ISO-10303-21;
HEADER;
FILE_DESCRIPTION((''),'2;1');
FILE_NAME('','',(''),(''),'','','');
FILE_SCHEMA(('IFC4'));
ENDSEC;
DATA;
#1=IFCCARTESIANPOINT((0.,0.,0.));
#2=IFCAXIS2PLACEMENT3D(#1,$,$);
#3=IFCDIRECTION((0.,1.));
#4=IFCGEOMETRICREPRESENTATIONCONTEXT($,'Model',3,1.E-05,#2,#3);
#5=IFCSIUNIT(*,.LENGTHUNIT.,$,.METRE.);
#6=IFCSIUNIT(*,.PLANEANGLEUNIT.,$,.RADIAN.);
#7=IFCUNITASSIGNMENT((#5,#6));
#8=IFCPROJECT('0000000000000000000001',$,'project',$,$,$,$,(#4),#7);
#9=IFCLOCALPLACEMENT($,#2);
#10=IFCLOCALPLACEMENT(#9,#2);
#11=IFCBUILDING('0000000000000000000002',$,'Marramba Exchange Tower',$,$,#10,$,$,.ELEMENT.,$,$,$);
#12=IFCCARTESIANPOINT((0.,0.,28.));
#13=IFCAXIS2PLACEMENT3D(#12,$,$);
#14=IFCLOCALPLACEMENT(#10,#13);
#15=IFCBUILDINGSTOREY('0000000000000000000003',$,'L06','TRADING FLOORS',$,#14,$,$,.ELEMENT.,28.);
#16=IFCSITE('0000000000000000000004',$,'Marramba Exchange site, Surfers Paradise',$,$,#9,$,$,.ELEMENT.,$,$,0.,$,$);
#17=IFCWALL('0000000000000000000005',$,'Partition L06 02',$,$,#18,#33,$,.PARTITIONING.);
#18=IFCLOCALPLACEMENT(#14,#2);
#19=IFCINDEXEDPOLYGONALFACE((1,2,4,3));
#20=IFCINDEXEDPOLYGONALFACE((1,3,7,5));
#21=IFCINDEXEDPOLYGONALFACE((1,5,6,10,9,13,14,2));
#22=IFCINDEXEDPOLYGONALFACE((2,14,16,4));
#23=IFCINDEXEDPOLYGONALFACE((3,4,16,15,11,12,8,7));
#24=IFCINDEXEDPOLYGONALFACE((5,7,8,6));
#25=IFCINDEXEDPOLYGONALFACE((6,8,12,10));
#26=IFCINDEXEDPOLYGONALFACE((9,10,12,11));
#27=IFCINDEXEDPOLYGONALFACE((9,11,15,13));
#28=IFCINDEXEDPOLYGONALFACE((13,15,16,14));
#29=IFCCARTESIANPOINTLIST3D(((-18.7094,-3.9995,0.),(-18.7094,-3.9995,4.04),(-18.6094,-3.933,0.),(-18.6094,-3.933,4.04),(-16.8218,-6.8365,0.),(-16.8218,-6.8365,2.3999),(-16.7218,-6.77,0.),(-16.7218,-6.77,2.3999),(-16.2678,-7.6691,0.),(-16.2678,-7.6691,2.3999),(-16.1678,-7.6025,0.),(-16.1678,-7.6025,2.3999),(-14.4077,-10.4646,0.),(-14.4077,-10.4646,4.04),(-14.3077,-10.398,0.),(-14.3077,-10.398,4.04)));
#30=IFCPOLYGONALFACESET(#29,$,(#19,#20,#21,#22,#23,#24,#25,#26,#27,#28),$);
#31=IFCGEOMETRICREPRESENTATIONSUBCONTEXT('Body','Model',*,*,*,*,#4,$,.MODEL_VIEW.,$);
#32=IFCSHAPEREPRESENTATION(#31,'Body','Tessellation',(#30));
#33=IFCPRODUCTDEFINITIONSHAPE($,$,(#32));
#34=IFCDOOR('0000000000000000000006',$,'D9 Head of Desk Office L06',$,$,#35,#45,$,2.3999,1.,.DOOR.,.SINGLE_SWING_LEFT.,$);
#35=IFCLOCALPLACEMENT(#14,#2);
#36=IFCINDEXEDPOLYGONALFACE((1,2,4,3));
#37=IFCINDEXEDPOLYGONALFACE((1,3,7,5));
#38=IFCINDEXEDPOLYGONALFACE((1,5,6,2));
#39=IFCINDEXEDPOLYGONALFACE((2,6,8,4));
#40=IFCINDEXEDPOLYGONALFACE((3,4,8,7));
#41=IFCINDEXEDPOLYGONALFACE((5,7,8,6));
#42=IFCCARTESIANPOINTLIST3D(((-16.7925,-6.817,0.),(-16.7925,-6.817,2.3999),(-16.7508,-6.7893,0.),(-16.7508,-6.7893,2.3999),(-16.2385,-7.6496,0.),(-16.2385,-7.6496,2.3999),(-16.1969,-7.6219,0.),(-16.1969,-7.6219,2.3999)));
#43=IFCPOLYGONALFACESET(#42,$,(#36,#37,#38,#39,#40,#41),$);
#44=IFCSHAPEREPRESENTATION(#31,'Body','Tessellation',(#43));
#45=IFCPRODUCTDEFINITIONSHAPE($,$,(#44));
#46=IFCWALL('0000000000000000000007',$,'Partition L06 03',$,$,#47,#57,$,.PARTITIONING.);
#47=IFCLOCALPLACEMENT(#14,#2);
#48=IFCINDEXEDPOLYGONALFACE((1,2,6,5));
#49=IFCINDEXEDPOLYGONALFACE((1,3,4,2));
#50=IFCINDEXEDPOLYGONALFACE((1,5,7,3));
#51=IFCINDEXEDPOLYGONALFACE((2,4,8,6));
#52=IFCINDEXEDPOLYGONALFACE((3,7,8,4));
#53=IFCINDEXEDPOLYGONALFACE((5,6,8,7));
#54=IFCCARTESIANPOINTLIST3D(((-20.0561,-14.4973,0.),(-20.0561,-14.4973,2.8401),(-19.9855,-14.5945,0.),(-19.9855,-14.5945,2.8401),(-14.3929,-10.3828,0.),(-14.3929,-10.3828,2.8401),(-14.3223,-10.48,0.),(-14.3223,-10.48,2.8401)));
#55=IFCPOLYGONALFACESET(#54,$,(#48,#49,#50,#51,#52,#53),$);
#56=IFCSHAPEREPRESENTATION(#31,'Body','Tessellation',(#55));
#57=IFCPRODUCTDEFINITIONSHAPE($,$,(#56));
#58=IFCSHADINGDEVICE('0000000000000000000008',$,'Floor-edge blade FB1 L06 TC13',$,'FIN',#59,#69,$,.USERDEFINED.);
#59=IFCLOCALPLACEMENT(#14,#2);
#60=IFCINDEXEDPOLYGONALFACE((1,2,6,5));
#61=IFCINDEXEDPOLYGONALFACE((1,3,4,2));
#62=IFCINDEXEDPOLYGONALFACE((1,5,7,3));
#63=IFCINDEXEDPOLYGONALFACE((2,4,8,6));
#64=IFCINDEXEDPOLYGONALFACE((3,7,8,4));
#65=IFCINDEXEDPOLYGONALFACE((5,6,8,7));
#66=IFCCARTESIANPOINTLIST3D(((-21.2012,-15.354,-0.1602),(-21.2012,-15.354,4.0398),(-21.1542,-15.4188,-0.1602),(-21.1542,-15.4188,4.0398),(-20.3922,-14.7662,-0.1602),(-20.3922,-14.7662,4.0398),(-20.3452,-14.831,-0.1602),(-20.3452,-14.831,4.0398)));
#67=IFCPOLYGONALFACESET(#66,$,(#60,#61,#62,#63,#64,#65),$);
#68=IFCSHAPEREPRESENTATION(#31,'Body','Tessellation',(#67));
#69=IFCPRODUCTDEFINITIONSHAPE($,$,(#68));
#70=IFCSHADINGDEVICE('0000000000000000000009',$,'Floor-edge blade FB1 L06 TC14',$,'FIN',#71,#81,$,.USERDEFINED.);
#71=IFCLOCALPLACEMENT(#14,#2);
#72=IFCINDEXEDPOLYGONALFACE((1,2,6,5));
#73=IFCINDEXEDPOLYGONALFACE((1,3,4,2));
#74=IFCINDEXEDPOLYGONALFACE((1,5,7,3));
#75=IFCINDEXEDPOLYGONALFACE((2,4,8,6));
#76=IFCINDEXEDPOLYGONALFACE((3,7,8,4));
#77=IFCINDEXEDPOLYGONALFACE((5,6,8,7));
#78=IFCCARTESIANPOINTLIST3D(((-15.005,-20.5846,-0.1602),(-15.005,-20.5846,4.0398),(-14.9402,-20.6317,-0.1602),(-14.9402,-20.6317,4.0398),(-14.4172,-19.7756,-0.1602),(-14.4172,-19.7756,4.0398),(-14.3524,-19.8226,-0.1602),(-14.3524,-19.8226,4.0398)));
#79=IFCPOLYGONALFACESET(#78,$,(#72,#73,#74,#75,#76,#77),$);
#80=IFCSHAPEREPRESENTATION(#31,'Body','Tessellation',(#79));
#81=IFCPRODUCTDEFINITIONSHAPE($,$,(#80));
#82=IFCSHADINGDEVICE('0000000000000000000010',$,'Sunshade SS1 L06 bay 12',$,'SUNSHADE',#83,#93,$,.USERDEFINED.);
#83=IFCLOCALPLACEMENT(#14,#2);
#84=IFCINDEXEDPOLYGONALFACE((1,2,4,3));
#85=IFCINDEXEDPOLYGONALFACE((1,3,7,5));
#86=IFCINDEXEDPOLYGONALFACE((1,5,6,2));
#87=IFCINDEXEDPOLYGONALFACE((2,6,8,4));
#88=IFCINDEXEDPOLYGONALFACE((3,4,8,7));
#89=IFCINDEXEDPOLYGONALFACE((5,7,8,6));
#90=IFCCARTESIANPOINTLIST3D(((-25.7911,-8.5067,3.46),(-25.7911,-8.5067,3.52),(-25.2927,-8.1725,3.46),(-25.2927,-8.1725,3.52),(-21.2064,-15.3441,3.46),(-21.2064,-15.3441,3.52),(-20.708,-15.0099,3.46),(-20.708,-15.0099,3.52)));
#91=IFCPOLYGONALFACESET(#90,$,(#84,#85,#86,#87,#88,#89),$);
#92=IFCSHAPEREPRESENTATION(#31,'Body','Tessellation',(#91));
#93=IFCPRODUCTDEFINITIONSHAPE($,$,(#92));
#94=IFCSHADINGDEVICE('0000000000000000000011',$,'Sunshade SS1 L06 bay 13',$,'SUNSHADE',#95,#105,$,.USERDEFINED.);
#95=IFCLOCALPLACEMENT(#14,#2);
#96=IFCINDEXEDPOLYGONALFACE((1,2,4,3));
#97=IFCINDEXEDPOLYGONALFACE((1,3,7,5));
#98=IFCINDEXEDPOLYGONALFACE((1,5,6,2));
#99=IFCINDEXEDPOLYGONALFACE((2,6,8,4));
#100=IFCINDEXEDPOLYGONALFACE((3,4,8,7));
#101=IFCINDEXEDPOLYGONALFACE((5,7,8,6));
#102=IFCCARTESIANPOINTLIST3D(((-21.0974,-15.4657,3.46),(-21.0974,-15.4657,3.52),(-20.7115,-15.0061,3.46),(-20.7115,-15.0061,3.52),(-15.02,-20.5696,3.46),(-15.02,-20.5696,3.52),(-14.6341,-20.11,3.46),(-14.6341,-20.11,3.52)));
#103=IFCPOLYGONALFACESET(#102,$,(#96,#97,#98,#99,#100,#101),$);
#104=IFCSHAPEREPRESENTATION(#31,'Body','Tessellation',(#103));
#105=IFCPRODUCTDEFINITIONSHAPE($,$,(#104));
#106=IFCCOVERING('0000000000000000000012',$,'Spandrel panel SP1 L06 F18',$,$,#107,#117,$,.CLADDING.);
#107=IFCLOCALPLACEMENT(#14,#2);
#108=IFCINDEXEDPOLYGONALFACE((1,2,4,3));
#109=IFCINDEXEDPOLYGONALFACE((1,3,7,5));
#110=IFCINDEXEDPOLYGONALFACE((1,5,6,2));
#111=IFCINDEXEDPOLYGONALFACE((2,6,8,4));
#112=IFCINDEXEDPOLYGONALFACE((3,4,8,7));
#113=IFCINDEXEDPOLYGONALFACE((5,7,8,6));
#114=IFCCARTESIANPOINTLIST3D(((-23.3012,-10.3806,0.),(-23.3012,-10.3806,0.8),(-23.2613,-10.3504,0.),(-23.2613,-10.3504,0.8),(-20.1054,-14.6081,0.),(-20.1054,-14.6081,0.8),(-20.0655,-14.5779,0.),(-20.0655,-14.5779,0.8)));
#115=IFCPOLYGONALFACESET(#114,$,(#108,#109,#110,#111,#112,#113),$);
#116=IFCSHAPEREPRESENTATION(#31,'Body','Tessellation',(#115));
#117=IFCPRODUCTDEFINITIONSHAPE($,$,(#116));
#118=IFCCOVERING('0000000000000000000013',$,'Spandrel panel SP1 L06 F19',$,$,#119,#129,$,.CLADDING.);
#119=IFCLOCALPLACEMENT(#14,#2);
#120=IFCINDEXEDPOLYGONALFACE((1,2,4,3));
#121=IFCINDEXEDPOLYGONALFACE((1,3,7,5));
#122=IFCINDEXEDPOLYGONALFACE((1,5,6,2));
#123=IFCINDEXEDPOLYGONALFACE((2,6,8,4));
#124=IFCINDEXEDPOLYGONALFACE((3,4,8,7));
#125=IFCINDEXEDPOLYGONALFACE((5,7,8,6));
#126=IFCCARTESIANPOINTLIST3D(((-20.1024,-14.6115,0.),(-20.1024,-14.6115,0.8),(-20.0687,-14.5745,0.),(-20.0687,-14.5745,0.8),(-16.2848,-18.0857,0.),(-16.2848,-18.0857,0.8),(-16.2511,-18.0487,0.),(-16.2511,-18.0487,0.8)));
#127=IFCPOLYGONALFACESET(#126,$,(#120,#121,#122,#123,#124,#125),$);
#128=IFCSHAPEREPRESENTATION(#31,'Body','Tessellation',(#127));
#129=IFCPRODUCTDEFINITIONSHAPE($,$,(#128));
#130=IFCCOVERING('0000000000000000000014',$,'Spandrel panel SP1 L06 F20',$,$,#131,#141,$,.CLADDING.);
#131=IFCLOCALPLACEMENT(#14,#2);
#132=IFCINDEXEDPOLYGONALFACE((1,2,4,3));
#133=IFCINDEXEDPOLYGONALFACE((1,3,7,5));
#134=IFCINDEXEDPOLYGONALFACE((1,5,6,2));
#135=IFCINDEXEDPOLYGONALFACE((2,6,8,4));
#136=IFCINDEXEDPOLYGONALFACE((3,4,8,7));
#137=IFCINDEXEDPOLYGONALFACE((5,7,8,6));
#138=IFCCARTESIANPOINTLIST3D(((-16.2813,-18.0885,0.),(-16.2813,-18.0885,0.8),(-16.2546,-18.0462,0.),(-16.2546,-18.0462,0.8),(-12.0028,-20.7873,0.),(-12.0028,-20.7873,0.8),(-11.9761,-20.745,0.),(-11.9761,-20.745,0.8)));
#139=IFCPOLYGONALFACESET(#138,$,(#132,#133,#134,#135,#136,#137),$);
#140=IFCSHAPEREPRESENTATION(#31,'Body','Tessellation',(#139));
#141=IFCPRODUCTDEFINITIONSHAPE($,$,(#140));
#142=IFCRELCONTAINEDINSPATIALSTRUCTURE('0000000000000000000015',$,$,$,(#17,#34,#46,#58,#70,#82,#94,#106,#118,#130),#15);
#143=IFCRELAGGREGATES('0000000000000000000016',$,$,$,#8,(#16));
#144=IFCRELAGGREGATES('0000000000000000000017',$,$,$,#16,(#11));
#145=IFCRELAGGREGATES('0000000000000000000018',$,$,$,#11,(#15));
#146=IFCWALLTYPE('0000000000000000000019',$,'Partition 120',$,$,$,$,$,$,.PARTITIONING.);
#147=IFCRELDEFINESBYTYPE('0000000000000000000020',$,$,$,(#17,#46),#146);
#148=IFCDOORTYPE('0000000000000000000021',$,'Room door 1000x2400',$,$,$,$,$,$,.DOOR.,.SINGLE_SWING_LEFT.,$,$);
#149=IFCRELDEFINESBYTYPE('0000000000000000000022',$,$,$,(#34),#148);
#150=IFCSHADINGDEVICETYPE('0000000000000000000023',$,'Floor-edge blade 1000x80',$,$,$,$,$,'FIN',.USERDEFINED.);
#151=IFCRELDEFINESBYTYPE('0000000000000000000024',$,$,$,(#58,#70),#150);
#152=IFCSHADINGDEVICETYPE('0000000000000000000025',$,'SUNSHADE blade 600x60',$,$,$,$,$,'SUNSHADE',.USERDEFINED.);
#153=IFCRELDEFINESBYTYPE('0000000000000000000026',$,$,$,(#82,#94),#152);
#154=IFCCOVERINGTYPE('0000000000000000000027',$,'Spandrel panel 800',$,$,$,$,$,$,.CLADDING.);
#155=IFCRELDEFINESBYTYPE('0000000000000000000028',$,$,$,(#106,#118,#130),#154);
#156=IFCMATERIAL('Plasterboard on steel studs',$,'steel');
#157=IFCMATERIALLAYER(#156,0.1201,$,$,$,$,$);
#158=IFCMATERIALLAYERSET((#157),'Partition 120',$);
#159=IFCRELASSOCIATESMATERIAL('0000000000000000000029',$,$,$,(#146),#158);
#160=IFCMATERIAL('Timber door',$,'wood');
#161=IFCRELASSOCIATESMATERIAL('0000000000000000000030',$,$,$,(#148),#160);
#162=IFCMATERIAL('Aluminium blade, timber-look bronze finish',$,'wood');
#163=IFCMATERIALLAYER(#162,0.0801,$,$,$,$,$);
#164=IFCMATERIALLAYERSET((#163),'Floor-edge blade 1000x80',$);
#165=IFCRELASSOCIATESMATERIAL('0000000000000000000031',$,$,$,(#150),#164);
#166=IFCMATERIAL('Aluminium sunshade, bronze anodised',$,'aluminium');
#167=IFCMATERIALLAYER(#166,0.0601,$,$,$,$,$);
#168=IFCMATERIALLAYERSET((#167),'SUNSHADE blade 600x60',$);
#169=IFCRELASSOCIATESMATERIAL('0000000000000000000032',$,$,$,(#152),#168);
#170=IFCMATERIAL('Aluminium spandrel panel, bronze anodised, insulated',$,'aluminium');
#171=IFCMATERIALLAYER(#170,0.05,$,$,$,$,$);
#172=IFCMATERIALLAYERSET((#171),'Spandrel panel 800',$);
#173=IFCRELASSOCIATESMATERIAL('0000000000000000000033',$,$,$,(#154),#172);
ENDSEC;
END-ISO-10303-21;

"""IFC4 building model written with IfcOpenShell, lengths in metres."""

from ifc_helpers import new_model, si_unit, direction, frame, frame_2d, origin, origin_2d, place, context, subcontext, project, spatial, rectangle, extrude, material, layer, layer_set, type_object, element, fill, save


model = new_model("IFC4")

# Units and contexts
model_context = context("Model", 3, precision=1e-05, world=origin(), true_north=direction((0.0, 1.0)))
body_context = subcontext(model_context, "Body", "Model", "MODEL_VIEW")
ifc_project = project(units=[si_unit("LENGTHUNIT", "METRE"), si_unit("PLANEANGLEUNIT", "RADIAN")], contexts=[model_context])

# Site, building, storey
site_placement = place(None, origin())
site = spatial("IfcSite", under=ifc_project, at=site_placement, Name="Marramba Exchange site, Surfers Paradise", CompositionType="ELEMENT", RefElevation=0.0)
building_placement = place(site_placement, origin())
building = spatial("IfcBuilding", under=site, at=building_placement, Name="Marramba Exchange Tower", CompositionType="ELEMENT")
storey_placement = place(building_placement, frame((0.0, 0.0, 28.0)))
storey = spatial("IfcBuildingStorey", under=building, at=storey_placement, Name="L06", Description="TRADING FLOORS", CompositionType="ELEMENT", Elevation=28.0)

# Wall, opening, door
ifc_material_1 = material(Name="Plasterboard on steel studs", Category="steel")
ifc_layer_1 = layer(ifc_material_1, 0.1201)
ifc_layer_set_1 = layer_set([ifc_layer_1], Name="Partition 120")
wall_type_1 = type_object("IfcWallType", Name="Partition 120", PredefinedType="PARTITIONING", material=ifc_layer_set_1)
wall_1_placement = place(storey_placement, frame((-14.3577, -10.4314, 0.0), z_axis=(0.0, 0.0, 1.0), x_axis=(-0.55396, 0.832543, 0.0)))
wall_1 = element("IfcWall", 1, at=wall_1_placement, inside=storey, type_object=wall_type_1, Name="Partition L06 02", PredefinedType="PARTITIONING", context=body_context, shape_type="SweptSolid", body=[
    extrude(rectangle(XDim=7.7654, YDim=0.1201, at=frame_2d((3.8828, 0.0))), origin(), (0.0, 0.0, 1.0), 4.04),
])
opening_1_placement = place(wall_1_placement, frame((3.3579, 0.0, 0.0)))
opening_1 = element("IfcOpeningElement", 2, at=opening_1_placement, cuts=wall_1, PredefinedType="OPENING", context=body_context, shape_type="SweptSolid", body=[
    extrude(rectangle(XDim=1.0, YDim=2.3999, at=frame_2d((0.5, 1.2))), frame((0.0, 0.0701, 0.0), z_axis=(0.0, -1.0, 0.0), x_axis=(1.0, 0.0, 0.0)), (0.0, 0.0, 1.0), 0.1401),
])
ifc_material_2 = material(Name="Timber door", Category="wood")
door_type_1 = type_object("IfcDoorType", Name="Room door 1000x2400", OperationType="SINGLE_SWING_LEFT", PredefinedType="DOOR", material=ifc_material_2)
door_1_placement = place(opening_1_placement, origin())
door_1 = element("IfcDoor", 3, at=door_1_placement, inside=storey, type_object=door_type_1, Name="D9 Head of Desk Office L06", OperationType="SINGLE_SWING_LEFT", OverallHeight=2.3999, OverallWidth=1.0, PredefinedType="DOOR", context=body_context, shape_type="SweptSolid", body=[
    extrude(rectangle(XDim=1.0, YDim=2.3999, at=frame_2d((0.5, 1.2))), frame((0.0, 0.0249, 0.0), z_axis=(0.0, -1.0, 0.0), x_axis=(1.0, 0.0, 0.0)), (0.0, 0.0, 1.0), 0.05),
])
fill(opening_1, door_1)

# Wall
wall_2_placement = place(storey_placement, frame((-20.0208, -14.5459, 0.0), z_axis=(0.0, 0.0, 1.0), x_axis=(0.809015, 0.587788, 0.0)))
element("IfcWall", 4, at=wall_2_placement, inside=storey, type_object=wall_type_1, Name="Partition L06 03", PredefinedType="PARTITIONING", context=body_context, shape_type="SweptSolid", body=[
    extrude(rectangle(XDim=7.0, YDim=0.1201, at=frame_2d((3.5, 0.0))), origin(), (0.0, 0.0, 1.0), 2.8401),
])

# Shading devices
ifc_material_3 = material(Name="Aluminium blade, timber-look bronze finish", Category="wood")
ifc_layer_2 = layer(ifc_material_3, 0.0801)
ifc_layer_set_2 = layer_set([ifc_layer_2], Name="Floor-edge blade 1000x80")
shading_device_type_1 = type_object("IfcShadingDeviceType", Name="Floor-edge blade 1000x80", ElementType="FIN", PredefinedType="USERDEFINED", material=ifc_layer_set_2)
for number, where, z_axis, x_axis, name in (
    (5, (-20.7732, -15.0925, -0.1602), (0.0, 0.0, 1.0), (-0.809017, -0.587785, 0.0), "Floor-edge blade FB1 L06 TC13"),
    (6, (-14.6787, -20.2036, -0.1602), (0.0, 0.0, 1.0), (-0.587785, -0.809017, 0.0), "Floor-edge blade FB1 L06 TC14"),
):
    element("IfcShadingDevice", number, at=place(storey_placement, frame(where, z_axis=z_axis, x_axis=x_axis)), inside=storey, type_object=shading_device_type_1, Name=name, ObjectType="FIN", PredefinedType="USERDEFINED", context=body_context, shape_type="SweptSolid", body=[
        extrude(rectangle(XDim=1.0, YDim=0.0801, at=origin_2d()), origin(), (0.0, 0.0, 1.0), 4.2),
    ])
ifc_material_4 = material(Name="Aluminium sunshade, bronze anodised", Category="aluminium")
ifc_layer_3 = layer(ifc_material_4, 0.0601)
ifc_layer_set_3 = layer_set([ifc_layer_3], Name="SUNSHADE blade 600x60")
shading_device_type_2 = type_object("IfcShadingDeviceType", Name="SUNSHADE blade 600x60", ElementType="SUNSHADE", PredefinedType="USERDEFINED", material=ifc_layer_set_3)
shading_device_1_placement = place(storey_placement, frame((-23.2495, -11.7583, 3.46), z_axis=(0.0, 0.0, 1.0), x_axis=(0.556924, -0.830563, 0.0)))
element("IfcShadingDevice", 7, at=shading_device_1_placement, inside=storey, type_object=shading_device_type_2, Name="Sunshade SS1 L06 bay 12", ObjectType="SUNSHADE", PredefinedType="USERDEFINED", context=body_context, shape_type="SweptSolid", body=[
    extrude(rectangle(XDim=8.2322, YDim=0.6001, at=origin_2d()), origin(), (0.0, 0.0, 1.0), 0.0601),
])
shading_device_2_placement = place(storey_placement, frame((-17.8657, -17.7878, 3.46), z_axis=(0.0, 0.0, 1.0), x_axis=(0.765776, -0.643107, 0.0)))
element("IfcShadingDevice", 8, at=shading_device_2_placement, inside=storey, type_object=shading_device_type_2, Name="Sunshade SS1 L06 bay 13", ObjectType="SUNSHADE", PredefinedType="USERDEFINED", context=body_context, shape_type="SweptSolid", body=[
    extrude(rectangle(XDim=7.9363, YDim=0.6001, at=origin_2d()), origin(), (0.0, 0.0, 1.0), 0.0601),
])

# Coverings
ifc_material_5 = material(Name="Aluminium spandrel panel, bronze anodised, insulated", Category="aluminium")
ifc_layer_4 = layer(ifc_material_5, 0.05)
ifc_layer_set_4 = layer_set([ifc_layer_4], Name="Spandrel panel 800")
covering_type = type_object("IfcCoveringType", Name="Spandrel panel 800", PredefinedType="CLADDING", material=ifc_layer_set_4)
covering_1_placement = place(storey_placement, frame((-21.6833, -12.4792, 0.0), z_axis=(0.0, 0.0, 1.0), x_axis=(0.60304, -0.797711, 0.0)))
element("IfcCovering", 9, at=covering_1_placement, inside=storey, type_object=covering_type, Name="Spandrel panel SP1 L06 F18", PredefinedType="CLADDING", context=body_context, shape_type="SweptSolid", body=[
    extrude(rectangle(XDim=5.2996, YDim=0.05, at=origin_2d()), origin(), (0.0, 0.0, 1.0), 0.8),
])
covering_2_placement = place(storey_placement, frame((-18.1768, -16.3301, 0.0), z_axis=(0.0, 0.0, 1.0), x_axis=(0.73959, -0.673058, 0.0)))
element("IfcCovering", 10, at=covering_2_placement, inside=storey, type_object=covering_type, Name="Spandrel panel SP1 L06 F19", PredefinedType="CLADDING", context=body_context, shape_type="SweptSolid", body=[
    extrude(rectangle(XDim=5.1619, YDim=0.05, at=origin_2d()), origin(), (0.0, 0.0, 1.0), 0.8),
])
covering_3_placement = place(storey_placement, frame((-14.1287, -19.4167, 0.0), z_axis=(0.0, 0.0, 1.0), x_axis=(0.845791, -0.533515, 0.0)))
element("IfcCovering", 11, at=covering_3_placement, inside=storey, type_object=covering_type, Name="Spandrel panel SP1 L06 F20", PredefinedType="CLADDING", context=body_context, shape_type="SweptSolid", body=[
    extrude(rectangle(XDim=5.0586, YDim=0.05, at=origin_2d()), origin(), (0.0, 0.0, 1.0), 0.8),
])

save(model, "model.ifc")
